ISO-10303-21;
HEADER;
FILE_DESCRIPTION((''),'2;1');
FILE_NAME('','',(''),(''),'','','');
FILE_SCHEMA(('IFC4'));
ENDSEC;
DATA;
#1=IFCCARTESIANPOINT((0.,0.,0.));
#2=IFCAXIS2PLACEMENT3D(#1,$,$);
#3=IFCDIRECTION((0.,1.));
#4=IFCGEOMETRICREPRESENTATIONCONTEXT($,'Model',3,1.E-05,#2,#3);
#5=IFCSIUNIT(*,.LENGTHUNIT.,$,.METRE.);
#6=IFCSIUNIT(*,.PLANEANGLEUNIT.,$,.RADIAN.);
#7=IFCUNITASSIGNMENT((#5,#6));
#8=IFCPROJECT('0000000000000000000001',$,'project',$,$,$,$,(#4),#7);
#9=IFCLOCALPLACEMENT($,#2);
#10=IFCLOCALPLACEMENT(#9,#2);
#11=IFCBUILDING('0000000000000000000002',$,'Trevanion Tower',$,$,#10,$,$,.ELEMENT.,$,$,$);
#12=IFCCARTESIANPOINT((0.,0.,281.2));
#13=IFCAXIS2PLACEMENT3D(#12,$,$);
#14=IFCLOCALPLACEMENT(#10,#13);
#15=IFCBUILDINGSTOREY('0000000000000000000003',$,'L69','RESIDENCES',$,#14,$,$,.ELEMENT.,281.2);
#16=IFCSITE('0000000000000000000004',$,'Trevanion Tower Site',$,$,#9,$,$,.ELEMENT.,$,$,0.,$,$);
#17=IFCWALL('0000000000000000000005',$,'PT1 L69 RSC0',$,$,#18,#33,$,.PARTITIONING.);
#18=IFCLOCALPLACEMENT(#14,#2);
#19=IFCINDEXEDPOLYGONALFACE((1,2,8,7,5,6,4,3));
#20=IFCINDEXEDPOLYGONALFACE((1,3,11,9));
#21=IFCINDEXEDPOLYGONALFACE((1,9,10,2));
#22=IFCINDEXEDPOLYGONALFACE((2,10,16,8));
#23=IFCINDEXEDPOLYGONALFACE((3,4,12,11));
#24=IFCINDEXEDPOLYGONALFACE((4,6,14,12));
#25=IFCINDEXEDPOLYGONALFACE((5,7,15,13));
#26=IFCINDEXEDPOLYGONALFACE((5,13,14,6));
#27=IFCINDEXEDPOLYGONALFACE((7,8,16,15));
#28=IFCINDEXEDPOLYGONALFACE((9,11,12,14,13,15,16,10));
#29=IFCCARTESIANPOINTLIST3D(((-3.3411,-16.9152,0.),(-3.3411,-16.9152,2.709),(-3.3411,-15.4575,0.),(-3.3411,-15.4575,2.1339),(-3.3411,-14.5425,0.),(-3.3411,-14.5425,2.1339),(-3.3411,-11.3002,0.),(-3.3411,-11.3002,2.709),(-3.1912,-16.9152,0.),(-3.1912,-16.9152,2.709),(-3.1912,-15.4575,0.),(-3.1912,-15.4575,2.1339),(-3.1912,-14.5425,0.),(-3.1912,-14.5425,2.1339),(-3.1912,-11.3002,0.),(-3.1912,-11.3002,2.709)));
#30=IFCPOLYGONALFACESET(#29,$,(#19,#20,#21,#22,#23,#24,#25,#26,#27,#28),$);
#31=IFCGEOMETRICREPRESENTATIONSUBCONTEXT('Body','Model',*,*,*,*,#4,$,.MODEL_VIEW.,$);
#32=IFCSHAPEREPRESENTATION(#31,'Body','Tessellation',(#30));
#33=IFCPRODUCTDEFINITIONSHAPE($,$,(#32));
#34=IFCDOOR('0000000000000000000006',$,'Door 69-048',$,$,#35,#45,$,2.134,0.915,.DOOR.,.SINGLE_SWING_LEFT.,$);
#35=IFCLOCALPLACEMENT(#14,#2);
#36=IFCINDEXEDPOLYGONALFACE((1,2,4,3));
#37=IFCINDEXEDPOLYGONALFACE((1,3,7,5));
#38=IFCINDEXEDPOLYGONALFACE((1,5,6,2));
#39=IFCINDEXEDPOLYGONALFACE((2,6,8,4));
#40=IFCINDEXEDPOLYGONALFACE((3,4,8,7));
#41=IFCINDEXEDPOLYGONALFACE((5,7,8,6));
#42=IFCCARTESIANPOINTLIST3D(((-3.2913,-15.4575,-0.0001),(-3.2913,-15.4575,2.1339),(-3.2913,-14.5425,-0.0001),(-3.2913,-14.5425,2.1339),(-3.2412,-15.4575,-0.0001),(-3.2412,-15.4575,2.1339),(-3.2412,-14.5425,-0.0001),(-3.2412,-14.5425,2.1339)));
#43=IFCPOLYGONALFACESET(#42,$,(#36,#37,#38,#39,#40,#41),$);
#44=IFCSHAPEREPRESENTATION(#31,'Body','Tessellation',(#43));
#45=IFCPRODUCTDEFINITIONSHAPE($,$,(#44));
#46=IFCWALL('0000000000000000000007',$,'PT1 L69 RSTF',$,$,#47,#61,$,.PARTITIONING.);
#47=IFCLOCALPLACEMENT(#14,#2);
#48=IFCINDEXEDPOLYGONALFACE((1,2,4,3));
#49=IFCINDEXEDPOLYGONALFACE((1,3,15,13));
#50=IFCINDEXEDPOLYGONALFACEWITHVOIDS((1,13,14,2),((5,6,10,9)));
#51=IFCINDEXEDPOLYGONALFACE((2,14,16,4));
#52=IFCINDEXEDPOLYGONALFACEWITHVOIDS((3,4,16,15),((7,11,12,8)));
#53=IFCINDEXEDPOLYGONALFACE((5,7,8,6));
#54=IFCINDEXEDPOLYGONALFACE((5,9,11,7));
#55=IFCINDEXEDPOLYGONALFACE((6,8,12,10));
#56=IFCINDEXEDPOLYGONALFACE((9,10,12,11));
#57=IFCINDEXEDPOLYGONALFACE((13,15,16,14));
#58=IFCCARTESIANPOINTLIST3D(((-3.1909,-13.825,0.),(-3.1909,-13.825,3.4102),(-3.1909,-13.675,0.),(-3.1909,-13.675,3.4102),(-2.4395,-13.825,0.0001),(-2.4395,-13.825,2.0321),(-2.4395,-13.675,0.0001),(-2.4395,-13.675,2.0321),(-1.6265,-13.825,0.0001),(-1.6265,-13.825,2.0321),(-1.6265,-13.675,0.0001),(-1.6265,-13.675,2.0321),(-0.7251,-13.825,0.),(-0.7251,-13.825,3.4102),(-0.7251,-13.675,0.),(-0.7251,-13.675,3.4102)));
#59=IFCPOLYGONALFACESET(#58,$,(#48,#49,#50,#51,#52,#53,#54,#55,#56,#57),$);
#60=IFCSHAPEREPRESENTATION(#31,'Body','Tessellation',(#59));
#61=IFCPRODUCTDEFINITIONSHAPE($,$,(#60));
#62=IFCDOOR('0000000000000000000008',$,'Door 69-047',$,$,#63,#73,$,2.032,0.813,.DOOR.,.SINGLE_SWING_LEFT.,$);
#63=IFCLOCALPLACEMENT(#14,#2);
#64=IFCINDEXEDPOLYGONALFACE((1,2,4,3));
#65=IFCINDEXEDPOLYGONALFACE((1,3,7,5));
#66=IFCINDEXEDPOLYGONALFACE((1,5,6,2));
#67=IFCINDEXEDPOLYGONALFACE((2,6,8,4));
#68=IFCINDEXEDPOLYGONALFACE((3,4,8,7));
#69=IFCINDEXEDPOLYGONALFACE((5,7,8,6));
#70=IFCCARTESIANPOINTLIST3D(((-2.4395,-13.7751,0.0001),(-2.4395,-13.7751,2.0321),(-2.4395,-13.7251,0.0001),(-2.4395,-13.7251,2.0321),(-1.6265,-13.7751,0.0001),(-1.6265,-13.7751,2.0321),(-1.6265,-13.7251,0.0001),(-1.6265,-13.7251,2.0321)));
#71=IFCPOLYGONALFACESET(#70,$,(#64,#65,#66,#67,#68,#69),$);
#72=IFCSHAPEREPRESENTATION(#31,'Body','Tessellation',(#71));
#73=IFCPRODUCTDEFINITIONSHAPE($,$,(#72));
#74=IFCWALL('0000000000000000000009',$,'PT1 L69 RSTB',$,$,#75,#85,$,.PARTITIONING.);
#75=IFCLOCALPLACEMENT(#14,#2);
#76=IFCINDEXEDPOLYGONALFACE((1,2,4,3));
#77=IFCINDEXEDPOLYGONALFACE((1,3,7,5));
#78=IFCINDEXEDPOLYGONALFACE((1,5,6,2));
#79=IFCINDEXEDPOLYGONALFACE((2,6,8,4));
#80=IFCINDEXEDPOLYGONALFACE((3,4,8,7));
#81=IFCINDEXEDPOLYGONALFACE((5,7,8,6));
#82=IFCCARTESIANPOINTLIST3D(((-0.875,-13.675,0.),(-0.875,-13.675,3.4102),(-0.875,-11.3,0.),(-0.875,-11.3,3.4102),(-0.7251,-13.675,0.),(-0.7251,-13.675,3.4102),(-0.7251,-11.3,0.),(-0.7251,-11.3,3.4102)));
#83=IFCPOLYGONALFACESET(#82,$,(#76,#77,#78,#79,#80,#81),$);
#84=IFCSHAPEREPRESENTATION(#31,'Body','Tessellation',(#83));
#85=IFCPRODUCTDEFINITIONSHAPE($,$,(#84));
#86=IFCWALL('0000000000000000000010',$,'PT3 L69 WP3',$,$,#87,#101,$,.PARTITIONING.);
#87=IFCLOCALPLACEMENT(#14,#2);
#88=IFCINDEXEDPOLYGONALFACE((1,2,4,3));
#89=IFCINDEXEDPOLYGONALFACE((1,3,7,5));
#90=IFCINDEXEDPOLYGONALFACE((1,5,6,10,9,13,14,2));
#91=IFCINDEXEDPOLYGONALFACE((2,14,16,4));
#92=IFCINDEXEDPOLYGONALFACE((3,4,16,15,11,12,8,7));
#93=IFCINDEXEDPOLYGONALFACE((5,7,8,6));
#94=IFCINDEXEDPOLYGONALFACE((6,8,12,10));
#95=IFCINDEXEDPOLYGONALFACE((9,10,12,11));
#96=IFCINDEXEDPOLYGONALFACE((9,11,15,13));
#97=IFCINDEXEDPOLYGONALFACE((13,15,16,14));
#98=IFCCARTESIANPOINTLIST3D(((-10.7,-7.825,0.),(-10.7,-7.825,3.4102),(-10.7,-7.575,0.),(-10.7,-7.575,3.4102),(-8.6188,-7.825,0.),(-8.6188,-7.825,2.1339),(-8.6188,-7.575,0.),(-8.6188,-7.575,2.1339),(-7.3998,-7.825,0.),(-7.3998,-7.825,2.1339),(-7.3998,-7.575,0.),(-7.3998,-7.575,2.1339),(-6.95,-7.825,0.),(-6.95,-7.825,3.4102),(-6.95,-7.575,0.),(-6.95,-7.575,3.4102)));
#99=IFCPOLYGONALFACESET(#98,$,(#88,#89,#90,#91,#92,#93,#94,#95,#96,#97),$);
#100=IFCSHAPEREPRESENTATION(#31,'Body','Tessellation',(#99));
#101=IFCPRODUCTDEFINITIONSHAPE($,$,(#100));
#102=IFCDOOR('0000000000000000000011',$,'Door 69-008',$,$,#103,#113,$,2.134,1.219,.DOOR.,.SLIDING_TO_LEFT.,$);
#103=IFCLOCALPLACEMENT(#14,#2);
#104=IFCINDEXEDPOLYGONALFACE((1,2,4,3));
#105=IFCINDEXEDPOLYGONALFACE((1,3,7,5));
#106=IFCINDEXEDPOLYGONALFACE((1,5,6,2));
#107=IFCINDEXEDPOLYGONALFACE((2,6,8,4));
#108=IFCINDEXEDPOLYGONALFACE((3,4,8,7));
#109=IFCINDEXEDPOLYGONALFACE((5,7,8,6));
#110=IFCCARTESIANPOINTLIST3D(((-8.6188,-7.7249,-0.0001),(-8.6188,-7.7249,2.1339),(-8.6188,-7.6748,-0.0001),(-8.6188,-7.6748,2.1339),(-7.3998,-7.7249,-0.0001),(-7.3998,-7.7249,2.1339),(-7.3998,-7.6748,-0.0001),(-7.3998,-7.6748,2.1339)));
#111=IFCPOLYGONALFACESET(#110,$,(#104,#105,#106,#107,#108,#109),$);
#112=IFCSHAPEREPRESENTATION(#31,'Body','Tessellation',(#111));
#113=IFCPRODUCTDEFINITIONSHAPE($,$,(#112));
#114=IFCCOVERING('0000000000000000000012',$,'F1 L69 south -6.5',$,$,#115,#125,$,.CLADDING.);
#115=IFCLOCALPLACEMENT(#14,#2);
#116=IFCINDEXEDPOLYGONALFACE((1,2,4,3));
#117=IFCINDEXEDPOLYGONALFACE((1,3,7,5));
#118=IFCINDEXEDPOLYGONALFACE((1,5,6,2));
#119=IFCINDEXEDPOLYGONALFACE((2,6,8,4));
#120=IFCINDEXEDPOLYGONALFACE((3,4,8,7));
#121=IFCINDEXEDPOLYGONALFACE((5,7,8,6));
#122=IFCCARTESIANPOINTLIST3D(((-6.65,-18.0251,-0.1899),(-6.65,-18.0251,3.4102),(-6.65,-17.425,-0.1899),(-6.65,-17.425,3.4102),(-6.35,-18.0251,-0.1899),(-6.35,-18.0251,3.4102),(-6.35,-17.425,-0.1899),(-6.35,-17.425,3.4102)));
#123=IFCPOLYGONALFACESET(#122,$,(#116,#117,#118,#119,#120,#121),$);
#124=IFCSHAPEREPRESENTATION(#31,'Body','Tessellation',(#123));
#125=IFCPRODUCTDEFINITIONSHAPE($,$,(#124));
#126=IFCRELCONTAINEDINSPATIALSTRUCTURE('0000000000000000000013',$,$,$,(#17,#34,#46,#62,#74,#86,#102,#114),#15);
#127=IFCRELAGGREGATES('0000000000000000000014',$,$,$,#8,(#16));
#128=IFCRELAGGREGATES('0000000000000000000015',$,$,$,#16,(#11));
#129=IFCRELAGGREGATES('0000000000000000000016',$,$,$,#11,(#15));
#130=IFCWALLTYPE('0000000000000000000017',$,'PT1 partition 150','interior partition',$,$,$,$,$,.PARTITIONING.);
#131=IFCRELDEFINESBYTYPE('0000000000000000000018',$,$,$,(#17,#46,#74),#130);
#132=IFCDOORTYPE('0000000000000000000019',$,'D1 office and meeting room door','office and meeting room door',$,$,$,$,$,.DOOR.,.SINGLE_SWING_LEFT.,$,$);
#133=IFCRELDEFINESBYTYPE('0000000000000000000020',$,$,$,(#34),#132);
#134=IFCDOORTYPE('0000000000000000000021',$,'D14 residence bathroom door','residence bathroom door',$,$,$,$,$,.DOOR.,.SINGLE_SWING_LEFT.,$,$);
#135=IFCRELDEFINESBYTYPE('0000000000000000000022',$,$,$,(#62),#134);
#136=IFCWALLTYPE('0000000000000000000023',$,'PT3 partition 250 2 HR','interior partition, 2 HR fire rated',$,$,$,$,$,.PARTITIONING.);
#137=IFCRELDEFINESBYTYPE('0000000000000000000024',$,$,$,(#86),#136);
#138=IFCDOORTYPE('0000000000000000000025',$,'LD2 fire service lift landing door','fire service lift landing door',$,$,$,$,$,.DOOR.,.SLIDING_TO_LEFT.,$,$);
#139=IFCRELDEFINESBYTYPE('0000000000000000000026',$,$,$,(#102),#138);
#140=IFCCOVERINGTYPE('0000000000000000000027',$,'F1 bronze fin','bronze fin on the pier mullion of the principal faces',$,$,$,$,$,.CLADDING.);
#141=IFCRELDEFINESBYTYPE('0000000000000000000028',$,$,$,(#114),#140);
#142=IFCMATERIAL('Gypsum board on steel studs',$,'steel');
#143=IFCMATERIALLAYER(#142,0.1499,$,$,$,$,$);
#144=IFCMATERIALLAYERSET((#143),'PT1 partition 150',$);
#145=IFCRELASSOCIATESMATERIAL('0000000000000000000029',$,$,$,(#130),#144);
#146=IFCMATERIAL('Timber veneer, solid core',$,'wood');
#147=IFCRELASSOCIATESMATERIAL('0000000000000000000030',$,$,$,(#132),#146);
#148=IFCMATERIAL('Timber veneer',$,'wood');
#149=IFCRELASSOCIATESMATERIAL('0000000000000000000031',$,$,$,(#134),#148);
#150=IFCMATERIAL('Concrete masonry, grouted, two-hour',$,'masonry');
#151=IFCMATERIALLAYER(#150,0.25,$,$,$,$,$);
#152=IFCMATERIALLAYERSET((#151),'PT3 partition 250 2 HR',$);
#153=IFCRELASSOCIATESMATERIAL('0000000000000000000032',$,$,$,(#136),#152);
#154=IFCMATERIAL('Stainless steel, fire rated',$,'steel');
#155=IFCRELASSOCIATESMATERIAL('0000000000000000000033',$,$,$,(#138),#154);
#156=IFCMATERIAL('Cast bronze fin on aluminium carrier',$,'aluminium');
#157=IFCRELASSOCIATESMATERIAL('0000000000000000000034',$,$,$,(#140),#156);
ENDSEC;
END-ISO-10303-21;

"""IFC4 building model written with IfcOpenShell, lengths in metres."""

from ifc_helpers import new_model, si_unit, direction, frame, frame_2d, origin, origin_2d, place, context, subcontext, project, spatial, rectangle, extrude, material, layer, layer_set, type_object, element, fill, save


model = new_model("IFC4")

# Units and contexts
model_context = context("Model", 3, precision=1e-05, world=origin(), true_north=direction((0.0, 1.0)))
body_context = subcontext(model_context, "Body", "Model", "MODEL_VIEW")
ifc_project = project(units=[si_unit("LENGTHUNIT", "METRE"), si_unit("PLANEANGLEUNIT", "RADIAN")], contexts=[model_context])

# Site, building, storey
site_placement = place(None, origin())
site = spatial("IfcSite", under=ifc_project, at=site_placement, Name="Trevanion Tower Site", CompositionType="ELEMENT", RefElevation=0.0)
building_placement = place(site_placement, origin())
building = spatial("IfcBuilding", under=site, at=building_placement, Name="Trevanion Tower", CompositionType="ELEMENT")
storey_placement = place(building_placement, frame((0.0, 0.0, 281.2)))
storey = spatial("IfcBuildingStorey", under=building, at=storey_placement, Name="L69", Description="RESIDENCES", CompositionType="ELEMENT", Elevation=281.2)

# Walls, openings, doors
ifc_material_1 = material(Name="Gypsum board on steel studs", Category="steel")
ifc_layer_1 = layer(ifc_material_1, 0.1499)
ifc_layer_set_1 = layer_set([ifc_layer_1], Name="PT1 partition 150")
wall_type_1 = type_object("IfcWallType", Name="PT1 partition 150", Description="interior partition", PredefinedType="PARTITIONING", material=ifc_layer_set_1)
wall_1_placement = place(storey_placement, frame((-3.2661, -11.3, 0.0), z_axis=(0.0, 0.0, 1.0), x_axis=(0.0, -1.0, 0.0)))
wall_1 = element("IfcWall", 1, at=wall_1_placement, inside=storey, type_object=wall_type_1, Name="PT1 L69 RSC0", PredefinedType="PARTITIONING", context=body_context, shape_type="SweptSolid", body=[
    extrude(rectangle(XDim=5.615, YDim=0.1499, at=frame_2d((2.8076, 0.0))), origin(), (0.0, 0.0, 1.0), 2.709),
])
opening_1_placement = place(wall_1_placement, frame((3.2424, 0.0, 0.0)))
opening_1 = element("IfcOpeningElement", 2, at=opening_1_placement, cuts=wall_1, PredefinedType="OPENING", context=body_context, shape_type="SweptSolid", body=[
    extrude(rectangle(XDim=0.915, YDim=2.134, at=frame_2d((0.4575, 1.0669))), frame((0.0, 0.085, 0.0), z_axis=(0.0, -1.0, 0.0), x_axis=(1.0, 0.0, 0.0)), (0.0, 0.0, 1.0), 0.1699),
])
ifc_material_2 = material(Name="Timber veneer, solid core", Category="wood")
door_type_1 = type_object("IfcDoorType", Name="D1 office and meeting room door", Description="office and meeting room door", OperationType="SINGLE_SWING_LEFT", PredefinedType="DOOR", material=ifc_material_2)
door_1_placement = place(opening_1_placement, origin())
door_1 = element("IfcDoor", 3, at=door_1_placement, inside=storey, type_object=door_type_1, Name="Door 69-048", OperationType="SINGLE_SWING_LEFT", OverallHeight=2.134, OverallWidth=0.915, PredefinedType="DOOR", context=body_context, shape_type="SweptSolid", body=[
    extrude(rectangle(XDim=0.915, YDim=2.134, at=frame_2d((0.4575, 1.0669))), frame((0.0, 0.0249, 0.0), z_axis=(0.0, -1.0, 0.0), x_axis=(1.0, 0.0, 0.0)), (0.0, 0.0, 1.0), 0.05),
])
fill(opening_1, door_1)
wall_2_placement = place(storey_placement, frame((-3.1909, -13.75, 0.0), z_axis=(0.0, 0.0, 1.0), x_axis=(1.0, 0.0, 0.0)))
wall_2 = element("IfcWall", 4, at=wall_2_placement, inside=storey, type_object=wall_type_1, Name="PT1 L69 RSTF", PredefinedType="PARTITIONING", context=body_context, shape_type="SweptSolid", body=[
    extrude(rectangle(XDim=2.4658, YDim=0.1499, at=frame_2d((1.2329, 0.0))), origin(), (0.0, 0.0, 1.0), 3.4102),
])
opening_2_placement = place(wall_2_placement, frame((0.7515, 0.0, 0.0)))
opening_2 = element("IfcOpeningElement", 5, at=opening_2_placement, cuts=wall_2, PredefinedType="OPENING", context=body_context, shape_type="SweptSolid", body=[
    extrude(rectangle(XDim=0.813, YDim=2.032, at=frame_2d((0.4065, 1.0161))), frame((0.0, 0.085, 0.0), z_axis=(0.0, -1.0, 0.0), x_axis=(1.0, 0.0, 0.0)), (0.0, 0.0, 1.0), 0.1699),
])
ifc_material_3 = material(Name="Timber veneer", Category="wood")
door_type_2 = type_object("IfcDoorType", Name="D14 residence bathroom door", Description="residence bathroom door", OperationType="SINGLE_SWING_LEFT", PredefinedType="DOOR", material=ifc_material_3)
door_2_placement = place(opening_2_placement, origin())
door_2 = element("IfcDoor", 6, at=door_2_placement, inside=storey, type_object=door_type_2, Name="Door 69-047", OperationType="SINGLE_SWING_LEFT", OverallHeight=2.032, OverallWidth=0.813, PredefinedType="DOOR", context=body_context, shape_type="SweptSolid", body=[
    extrude(rectangle(XDim=0.813, YDim=2.032, at=frame_2d((0.4065, 1.0161))), frame((0.0, 0.0249, 0.0), z_axis=(0.0, -1.0, 0.0), x_axis=(1.0, 0.0, 0.0)), (0.0, 0.0, 1.0), 0.05),
])
fill(opening_2, door_2)

# Wall
wall_3_placement = place(storey_placement, frame((-0.8, -11.3, 0.0), z_axis=(0.0, 0.0, 1.0), x_axis=(0.0, -1.0, 0.0)))
element("IfcWall", 7, at=wall_3_placement, inside=storey, type_object=wall_type_1, Name="PT1 L69 RSTB", PredefinedType="PARTITIONING", context=body_context, shape_type="SweptSolid", body=[
    extrude(rectangle(XDim=2.375, YDim=0.1499, at=frame_2d((1.1875, 0.0))), origin(), (0.0, 0.0, 1.0), 3.4102),
])

# Wall, opening, door
ifc_material_4 = material(Name="Concrete masonry, grouted, two-hour", Category="masonry")
ifc_layer_2 = layer(ifc_material_4, 0.25)
ifc_layer_set_2 = layer_set([ifc_layer_2], Name="PT3 partition 250 2 HR")
wall_type_2 = type_object("IfcWallType", Name="PT3 partition 250 2 HR", Description="interior partition, 2 HR fire rated", PredefinedType="PARTITIONING", material=ifc_layer_set_2)
wall_4_placement = place(storey_placement, frame((-6.95, -7.7, 0.0), z_axis=(0.0, 0.0, 1.0), x_axis=(-1.0, 0.0, 0.0)))
wall_4 = element("IfcWall", 8, at=wall_4_placement, inside=storey, type_object=wall_type_2, Name="PT3 L69 WP3", PredefinedType="PARTITIONING", context=body_context, shape_type="SweptSolid", body=[
    extrude(rectangle(XDim=3.75, YDim=0.25, at=frame_2d((1.875, 0.0))), origin(), (0.0, 0.0, 1.0), 3.4102),
])
opening_3_placement = place(wall_4_placement, frame((0.45, 0.0, 0.0)))
opening_3 = element("IfcOpeningElement", 9, at=opening_3_placement, cuts=wall_4, PredefinedType="OPENING", context=body_context, shape_type="SweptSolid", body=[
    extrude(rectangle(XDim=1.219, YDim=2.134, at=frame_2d((0.6094, 1.0669))), frame((0.0, 0.135, 0.0), z_axis=(0.0, -1.0, 0.0), x_axis=(1.0, 0.0, 0.0)), (0.0, 0.0, 1.0), 0.27),
])
ifc_material_5 = material(Name="Stainless steel, fire rated", Category="steel")
door_type_3 = type_object("IfcDoorType", Name="LD2 fire service lift landing door", Description="fire service lift landing door", OperationType="SLIDING_TO_LEFT", PredefinedType="DOOR", material=ifc_material_5)
door_3_placement = place(opening_3_placement, origin())
door_3 = element("IfcDoor", 10, at=door_3_placement, inside=storey, type_object=door_type_3, Name="Door 69-008", OperationType="SLIDING_TO_LEFT", OverallHeight=2.134, OverallWidth=1.219, PredefinedType="DOOR", context=body_context, shape_type="SweptSolid", body=[
    extrude(rectangle(XDim=1.219, YDim=2.134, at=frame_2d((0.6094, 1.0669))), frame((0.0, 0.0249, 0.0), z_axis=(0.0, -1.0, 0.0), x_axis=(1.0, 0.0, 0.0)), (0.0, 0.0, 1.0), 0.05),
])
fill(opening_3, door_3)

# Covering
ifc_material_6 = material(Name="Cast bronze fin on aluminium carrier", Category="aluminium")
covering_type = type_object("IfcCoveringType", Name="F1 bronze fin", Description="bronze fin on the pier mullion of the principal faces", PredefinedType="CLADDING", material=ifc_material_6)
covering_placement = place(storey_placement, frame((-6.5, -17.7251, -0.1899), z_axis=(0.0, 0.0, 1.0), x_axis=(1.0, 0.0, 0.0)))
element("IfcCovering", 11, at=covering_placement, inside=storey, type_object=covering_type, Name="F1 L69 south -6.5", PredefinedType="CLADDING", context=body_context, shape_type="SweptSolid", body=[
    extrude(rectangle(XDim=0.3, YDim=0.6001, at=origin_2d()), origin(), (0.0, 0.0, 1.0), 3.6001),
])

save(model, "model.ifc")
